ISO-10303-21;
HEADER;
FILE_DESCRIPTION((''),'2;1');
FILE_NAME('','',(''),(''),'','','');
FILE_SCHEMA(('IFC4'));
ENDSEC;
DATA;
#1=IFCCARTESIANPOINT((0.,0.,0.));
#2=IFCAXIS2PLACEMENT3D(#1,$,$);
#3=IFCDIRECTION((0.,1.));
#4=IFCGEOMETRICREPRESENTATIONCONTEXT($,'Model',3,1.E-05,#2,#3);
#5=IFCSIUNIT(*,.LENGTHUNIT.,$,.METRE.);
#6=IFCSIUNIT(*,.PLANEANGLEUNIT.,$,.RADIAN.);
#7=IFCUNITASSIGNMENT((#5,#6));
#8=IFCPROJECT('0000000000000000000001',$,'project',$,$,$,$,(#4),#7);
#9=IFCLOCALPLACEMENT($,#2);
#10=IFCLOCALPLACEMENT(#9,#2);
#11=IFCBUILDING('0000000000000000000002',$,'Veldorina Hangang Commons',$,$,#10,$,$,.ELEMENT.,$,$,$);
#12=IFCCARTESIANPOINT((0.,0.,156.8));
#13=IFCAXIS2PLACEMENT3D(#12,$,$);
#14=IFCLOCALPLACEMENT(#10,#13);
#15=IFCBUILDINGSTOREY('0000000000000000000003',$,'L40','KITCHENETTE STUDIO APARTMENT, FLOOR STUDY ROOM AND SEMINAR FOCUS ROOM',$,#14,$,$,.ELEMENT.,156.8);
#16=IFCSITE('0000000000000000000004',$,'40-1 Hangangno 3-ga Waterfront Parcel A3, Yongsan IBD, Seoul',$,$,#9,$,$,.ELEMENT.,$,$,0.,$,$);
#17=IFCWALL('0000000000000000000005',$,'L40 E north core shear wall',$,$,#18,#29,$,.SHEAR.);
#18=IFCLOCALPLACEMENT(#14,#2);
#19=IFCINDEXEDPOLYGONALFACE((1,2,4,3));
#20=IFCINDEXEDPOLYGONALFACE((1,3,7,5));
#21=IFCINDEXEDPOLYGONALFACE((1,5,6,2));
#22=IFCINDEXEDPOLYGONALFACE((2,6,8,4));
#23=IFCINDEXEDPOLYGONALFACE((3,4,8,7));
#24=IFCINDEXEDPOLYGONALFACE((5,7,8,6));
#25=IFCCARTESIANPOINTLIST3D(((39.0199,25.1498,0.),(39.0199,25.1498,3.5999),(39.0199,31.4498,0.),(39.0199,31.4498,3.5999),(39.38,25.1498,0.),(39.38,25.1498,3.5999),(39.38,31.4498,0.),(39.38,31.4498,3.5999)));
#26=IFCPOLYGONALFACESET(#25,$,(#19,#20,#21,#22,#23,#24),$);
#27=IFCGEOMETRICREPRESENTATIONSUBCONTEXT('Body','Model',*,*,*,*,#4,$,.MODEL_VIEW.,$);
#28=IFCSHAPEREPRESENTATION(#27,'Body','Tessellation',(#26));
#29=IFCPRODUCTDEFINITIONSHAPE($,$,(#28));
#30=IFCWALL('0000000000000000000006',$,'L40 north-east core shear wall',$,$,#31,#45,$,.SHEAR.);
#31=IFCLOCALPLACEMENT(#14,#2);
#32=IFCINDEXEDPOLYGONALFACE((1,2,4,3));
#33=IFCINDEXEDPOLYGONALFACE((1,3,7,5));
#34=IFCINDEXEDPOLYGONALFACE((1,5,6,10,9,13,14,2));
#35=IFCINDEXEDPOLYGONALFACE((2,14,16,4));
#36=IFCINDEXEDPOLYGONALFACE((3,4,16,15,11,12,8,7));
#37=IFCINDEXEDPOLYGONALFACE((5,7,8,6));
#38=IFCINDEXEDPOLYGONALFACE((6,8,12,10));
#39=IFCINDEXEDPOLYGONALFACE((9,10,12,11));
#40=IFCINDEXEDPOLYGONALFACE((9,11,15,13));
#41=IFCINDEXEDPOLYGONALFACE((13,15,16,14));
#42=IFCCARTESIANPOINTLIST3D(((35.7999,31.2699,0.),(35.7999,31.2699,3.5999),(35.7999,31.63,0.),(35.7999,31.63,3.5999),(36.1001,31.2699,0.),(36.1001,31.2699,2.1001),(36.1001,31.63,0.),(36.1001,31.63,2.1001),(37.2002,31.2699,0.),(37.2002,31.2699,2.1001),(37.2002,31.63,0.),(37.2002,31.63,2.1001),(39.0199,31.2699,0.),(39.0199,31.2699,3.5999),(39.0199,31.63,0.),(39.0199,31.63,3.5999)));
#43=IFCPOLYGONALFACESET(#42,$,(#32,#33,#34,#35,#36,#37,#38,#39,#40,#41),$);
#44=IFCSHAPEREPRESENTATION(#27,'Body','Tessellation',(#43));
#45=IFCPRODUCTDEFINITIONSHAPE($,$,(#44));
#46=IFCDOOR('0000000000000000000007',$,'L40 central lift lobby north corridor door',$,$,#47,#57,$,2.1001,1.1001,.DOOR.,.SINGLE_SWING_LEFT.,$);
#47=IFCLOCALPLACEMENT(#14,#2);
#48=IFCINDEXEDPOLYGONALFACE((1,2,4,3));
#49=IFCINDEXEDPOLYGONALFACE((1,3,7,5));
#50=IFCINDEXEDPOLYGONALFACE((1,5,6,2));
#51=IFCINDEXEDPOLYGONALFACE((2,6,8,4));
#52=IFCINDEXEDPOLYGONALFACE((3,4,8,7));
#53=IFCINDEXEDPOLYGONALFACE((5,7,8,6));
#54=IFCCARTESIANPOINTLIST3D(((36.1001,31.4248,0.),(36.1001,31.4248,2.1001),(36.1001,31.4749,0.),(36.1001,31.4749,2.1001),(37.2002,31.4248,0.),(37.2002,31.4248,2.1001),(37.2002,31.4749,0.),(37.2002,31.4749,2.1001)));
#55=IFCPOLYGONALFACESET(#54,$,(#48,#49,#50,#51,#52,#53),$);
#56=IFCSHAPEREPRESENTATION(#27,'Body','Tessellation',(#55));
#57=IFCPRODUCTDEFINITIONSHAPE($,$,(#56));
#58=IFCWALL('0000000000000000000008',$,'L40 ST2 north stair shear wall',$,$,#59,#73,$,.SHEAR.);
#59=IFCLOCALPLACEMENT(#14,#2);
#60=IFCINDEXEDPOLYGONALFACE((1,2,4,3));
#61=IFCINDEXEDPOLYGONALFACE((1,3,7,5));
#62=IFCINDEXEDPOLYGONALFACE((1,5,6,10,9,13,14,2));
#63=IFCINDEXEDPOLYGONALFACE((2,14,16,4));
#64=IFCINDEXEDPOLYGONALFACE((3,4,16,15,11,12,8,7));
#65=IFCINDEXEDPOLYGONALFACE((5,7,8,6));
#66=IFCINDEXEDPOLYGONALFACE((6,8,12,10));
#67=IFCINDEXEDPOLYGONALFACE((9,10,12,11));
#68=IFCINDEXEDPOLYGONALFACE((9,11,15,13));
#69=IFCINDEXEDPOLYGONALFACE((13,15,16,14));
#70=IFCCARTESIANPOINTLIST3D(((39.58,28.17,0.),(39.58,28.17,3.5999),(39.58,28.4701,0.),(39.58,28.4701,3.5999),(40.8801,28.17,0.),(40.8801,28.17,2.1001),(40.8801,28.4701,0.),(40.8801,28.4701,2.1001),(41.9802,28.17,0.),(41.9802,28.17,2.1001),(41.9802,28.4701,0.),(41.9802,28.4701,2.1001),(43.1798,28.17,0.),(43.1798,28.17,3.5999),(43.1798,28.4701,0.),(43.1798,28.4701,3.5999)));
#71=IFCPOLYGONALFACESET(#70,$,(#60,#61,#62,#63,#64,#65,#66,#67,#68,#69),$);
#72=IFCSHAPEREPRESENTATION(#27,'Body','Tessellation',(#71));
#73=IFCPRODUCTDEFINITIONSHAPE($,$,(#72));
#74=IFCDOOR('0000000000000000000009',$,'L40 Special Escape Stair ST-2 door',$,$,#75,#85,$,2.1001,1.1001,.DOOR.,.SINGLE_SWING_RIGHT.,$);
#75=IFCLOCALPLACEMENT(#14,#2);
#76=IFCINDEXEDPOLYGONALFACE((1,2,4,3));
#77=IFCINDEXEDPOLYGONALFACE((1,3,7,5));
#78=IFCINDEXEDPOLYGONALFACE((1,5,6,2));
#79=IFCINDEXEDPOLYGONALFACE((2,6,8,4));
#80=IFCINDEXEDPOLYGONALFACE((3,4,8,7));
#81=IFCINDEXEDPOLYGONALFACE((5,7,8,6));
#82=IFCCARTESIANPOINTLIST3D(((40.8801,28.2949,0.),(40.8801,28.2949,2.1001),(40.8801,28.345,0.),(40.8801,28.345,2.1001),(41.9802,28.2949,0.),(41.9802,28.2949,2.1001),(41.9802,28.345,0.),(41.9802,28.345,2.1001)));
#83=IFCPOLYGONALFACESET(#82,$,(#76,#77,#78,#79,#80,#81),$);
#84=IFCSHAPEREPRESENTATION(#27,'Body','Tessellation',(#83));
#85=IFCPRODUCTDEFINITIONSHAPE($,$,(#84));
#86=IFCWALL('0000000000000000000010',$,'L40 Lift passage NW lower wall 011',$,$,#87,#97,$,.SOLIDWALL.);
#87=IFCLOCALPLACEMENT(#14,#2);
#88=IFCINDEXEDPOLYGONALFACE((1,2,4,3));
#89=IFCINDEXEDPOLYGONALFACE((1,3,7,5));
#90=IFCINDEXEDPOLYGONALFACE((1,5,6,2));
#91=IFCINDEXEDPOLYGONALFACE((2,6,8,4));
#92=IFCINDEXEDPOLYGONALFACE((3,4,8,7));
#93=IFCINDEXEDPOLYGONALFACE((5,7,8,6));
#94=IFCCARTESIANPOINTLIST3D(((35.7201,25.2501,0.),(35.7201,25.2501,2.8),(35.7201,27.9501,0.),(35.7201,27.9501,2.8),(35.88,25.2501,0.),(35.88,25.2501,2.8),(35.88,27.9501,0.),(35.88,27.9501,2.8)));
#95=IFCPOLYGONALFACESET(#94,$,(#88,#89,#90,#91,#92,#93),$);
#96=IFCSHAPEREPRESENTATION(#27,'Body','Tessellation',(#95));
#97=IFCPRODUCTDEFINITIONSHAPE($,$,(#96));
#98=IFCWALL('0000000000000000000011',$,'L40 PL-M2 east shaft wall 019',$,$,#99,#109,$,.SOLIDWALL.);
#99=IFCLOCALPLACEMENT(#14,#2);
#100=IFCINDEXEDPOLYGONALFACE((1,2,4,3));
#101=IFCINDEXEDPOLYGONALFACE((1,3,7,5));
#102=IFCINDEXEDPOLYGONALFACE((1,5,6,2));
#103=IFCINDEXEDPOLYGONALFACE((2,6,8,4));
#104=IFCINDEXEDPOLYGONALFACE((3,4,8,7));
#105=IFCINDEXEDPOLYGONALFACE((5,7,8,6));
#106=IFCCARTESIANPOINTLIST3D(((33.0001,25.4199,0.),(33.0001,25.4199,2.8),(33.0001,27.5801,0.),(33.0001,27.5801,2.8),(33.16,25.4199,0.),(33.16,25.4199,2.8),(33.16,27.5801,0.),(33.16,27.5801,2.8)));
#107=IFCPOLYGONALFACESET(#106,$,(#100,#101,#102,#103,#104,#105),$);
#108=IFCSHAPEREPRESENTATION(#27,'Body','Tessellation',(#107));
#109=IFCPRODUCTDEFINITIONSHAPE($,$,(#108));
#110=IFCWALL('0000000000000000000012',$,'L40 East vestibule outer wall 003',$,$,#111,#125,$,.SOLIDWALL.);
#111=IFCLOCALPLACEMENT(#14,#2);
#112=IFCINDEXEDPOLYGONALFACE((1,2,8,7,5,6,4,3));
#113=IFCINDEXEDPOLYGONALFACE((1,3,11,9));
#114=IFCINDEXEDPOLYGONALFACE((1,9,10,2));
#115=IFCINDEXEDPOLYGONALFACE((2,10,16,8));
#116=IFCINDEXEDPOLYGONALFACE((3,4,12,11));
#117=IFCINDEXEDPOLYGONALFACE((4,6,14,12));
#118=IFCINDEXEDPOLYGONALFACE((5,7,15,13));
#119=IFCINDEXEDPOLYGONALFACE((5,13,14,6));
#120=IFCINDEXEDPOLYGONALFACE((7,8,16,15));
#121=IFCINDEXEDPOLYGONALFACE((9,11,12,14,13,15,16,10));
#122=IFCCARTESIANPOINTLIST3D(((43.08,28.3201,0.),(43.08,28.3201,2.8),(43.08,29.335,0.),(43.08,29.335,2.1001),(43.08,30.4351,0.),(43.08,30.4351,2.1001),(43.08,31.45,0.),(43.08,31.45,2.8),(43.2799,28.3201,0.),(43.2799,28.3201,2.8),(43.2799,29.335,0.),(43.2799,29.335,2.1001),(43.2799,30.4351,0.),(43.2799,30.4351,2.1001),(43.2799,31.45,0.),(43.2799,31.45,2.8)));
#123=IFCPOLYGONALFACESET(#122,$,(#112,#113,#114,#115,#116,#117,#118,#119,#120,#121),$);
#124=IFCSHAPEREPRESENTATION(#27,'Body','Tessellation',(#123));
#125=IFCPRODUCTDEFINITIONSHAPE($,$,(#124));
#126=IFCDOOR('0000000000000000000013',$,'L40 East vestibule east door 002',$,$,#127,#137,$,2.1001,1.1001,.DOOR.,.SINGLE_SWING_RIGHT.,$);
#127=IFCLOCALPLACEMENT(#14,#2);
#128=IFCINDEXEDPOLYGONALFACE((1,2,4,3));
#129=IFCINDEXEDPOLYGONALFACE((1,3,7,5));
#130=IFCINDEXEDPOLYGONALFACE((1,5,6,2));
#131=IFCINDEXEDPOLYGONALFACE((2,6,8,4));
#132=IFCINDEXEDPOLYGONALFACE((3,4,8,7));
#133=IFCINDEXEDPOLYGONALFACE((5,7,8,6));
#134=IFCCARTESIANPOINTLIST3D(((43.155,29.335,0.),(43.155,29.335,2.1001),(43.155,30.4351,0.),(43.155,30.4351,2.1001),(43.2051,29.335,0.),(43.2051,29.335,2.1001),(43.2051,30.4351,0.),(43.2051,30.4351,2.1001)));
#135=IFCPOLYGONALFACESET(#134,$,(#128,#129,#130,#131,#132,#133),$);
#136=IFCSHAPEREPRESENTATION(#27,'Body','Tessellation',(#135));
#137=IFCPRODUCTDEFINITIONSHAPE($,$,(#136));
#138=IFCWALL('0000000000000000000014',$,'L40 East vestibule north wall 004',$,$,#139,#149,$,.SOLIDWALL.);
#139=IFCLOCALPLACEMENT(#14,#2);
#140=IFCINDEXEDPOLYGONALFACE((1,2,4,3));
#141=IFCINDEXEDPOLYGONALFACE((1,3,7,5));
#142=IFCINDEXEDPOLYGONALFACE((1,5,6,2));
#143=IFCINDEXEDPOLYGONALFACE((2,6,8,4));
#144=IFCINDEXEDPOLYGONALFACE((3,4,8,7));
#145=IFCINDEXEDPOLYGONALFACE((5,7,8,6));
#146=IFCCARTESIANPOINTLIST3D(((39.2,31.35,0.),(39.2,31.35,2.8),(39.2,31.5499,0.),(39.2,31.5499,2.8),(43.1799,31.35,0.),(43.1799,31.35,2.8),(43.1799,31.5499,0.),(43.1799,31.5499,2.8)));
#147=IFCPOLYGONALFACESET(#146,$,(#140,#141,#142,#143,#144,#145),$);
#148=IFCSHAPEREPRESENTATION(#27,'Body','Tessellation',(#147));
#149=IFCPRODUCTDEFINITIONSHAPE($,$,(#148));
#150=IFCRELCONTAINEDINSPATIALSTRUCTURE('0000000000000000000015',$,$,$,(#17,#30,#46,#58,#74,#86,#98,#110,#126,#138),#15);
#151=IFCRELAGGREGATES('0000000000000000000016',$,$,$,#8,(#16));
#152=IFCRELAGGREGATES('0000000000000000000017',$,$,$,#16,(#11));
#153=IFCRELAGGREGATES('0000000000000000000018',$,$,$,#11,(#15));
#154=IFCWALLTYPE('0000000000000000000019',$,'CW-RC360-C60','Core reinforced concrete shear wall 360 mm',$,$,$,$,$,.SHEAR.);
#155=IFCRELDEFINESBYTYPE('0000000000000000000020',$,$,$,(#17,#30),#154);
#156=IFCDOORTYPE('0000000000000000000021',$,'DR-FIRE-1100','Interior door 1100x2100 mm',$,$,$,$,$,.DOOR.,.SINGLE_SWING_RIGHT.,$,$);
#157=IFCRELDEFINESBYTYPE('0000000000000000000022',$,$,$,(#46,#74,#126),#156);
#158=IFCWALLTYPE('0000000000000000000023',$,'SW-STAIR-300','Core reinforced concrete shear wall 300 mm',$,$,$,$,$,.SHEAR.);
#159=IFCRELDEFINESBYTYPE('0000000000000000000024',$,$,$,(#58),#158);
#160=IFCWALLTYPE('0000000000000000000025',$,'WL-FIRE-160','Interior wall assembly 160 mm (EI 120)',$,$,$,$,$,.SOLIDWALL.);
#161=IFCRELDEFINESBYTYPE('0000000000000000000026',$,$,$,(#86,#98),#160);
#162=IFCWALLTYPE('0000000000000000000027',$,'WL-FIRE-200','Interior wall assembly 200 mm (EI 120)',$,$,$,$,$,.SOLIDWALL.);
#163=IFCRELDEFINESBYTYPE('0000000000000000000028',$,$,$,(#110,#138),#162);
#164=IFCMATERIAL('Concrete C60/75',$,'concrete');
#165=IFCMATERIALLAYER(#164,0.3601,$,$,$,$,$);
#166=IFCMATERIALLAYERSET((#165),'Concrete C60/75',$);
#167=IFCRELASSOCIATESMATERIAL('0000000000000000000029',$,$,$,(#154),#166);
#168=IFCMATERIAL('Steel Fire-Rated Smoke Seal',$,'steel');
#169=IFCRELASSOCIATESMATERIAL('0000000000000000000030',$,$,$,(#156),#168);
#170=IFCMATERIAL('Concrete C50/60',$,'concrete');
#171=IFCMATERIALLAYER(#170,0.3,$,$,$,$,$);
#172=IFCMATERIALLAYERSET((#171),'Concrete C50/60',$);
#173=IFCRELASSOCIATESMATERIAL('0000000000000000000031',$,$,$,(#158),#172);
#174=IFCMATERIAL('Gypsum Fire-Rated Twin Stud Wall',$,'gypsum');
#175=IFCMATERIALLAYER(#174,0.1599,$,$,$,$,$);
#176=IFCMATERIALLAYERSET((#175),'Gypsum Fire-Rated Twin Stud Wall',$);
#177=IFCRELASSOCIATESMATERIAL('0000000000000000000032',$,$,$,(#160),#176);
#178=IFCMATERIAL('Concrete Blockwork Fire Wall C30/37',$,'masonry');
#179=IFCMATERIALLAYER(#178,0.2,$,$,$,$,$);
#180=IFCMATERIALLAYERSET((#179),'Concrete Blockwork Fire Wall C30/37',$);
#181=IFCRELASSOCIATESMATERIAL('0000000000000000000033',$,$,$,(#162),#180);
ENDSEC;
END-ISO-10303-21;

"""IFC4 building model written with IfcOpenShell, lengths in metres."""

from ifc_helpers import new_model, si_unit, direction, frame, frame_2d, origin, place, context, subcontext, project, spatial, rectangle, extrude, material, layer, layer_set, type_object, element, fill, save


model = new_model("IFC4")

# Units and contexts
model_context = context("Model", 3, precision=1e-05, world=origin(), true_north=direction((0.0, 1.0)))
body_context = subcontext(model_context, "Body", "Model", "MODEL_VIEW")
ifc_project = project(units=[si_unit("LENGTHUNIT", "METRE"), si_unit("PLANEANGLEUNIT", "RADIAN")], contexts=[model_context])

# Site, building, storey
site_placement = place(None, origin())
site = spatial("IfcSite", under=ifc_project, at=site_placement, Name="40-1 Hangangno 3-ga Waterfront Parcel A3, Yongsan IBD, Seoul", CompositionType="ELEMENT", RefElevation=0.0)
building_placement = place(site_placement, origin())
building = spatial("IfcBuilding", under=site, at=building_placement, Name="Veldorina Hangang Commons", CompositionType="ELEMENT")
storey_placement = place(building_placement, frame((0.0, 0.0, 156.8)))
storey = spatial("IfcBuildingStorey", under=building, at=storey_placement, Name="L40", Description="KITCHENETTE STUDIO APARTMENT, FLOOR STUDY ROOM AND SEMINAR FOCUS ROOM", CompositionType="ELEMENT", Elevation=156.8)

# Wall
ifc_material_1 = material(Name="Concrete C60/75", Category="concrete")
ifc_layer_1 = layer(ifc_material_1, 0.3601)
ifc_layer_set_1 = layer_set([ifc_layer_1], Name="Concrete C60/75")
wall_type_1 = type_object("IfcWallType", Name="CW-RC360-C60", Description="Core reinforced concrete shear wall 360 mm", PredefinedType="SHEAR", material=ifc_layer_set_1)
wall_1_placement = place(storey_placement, frame((39.2, 25.1499, 0.0), z_axis=(0.0, 0.0, 1.0), x_axis=(0.0, 1.0, 0.0)))
element("IfcWall", 1, at=wall_1_placement, inside=storey, type_object=wall_type_1, Name="L40 E north core shear wall", PredefinedType="SHEAR", context=body_context, shape_type="SweptSolid", body=[
    extrude(rectangle(XDim=6.3, YDim=0.3601, at=frame_2d((3.1499, 0.0))), origin(), (0.0, 0.0, 1.0), 3.5999),
])

# Walls, openings, doors
wall_2_placement = place(storey_placement, frame((35.8, 31.45, 0.0), z_axis=(0.0, 0.0, 1.0), x_axis=(1.0, 0.0, 0.0)))
wall_2 = element("IfcWall", 2, at=wall_2_placement, inside=storey, type_object=wall_type_1, Name="L40 north-east core shear wall", PredefinedType="SHEAR", context=body_context, shape_type="SweptSolid", body=[
    extrude(rectangle(XDim=3.22, YDim=0.3601, at=frame_2d((1.6099, 0.0))), origin(), (0.0, 0.0, 1.0), 3.5999),
])
opening_1_placement = place(wall_2_placement, frame((0.3, 0.0, 0.0)))
opening_1 = element("IfcOpeningElement", 3, at=opening_1_placement, cuts=wall_2, PredefinedType="OPENING", context=body_context, shape_type="SweptSolid", body=[
    extrude(rectangle(XDim=1.1001, YDim=2.1001, at=frame_2d((0.55, 1.05))), frame((0.0, 0.1899, 0.0), z_axis=(0.0, -1.0, 0.0), x_axis=(1.0, 0.0, 0.0)), (0.0, 0.0, 1.0), 0.3801),
])
ifc_material_2 = material(Name="Steel Fire-Rated Smoke Seal", Category="steel")
door_type_1 = type_object("IfcDoorType", Name="DR-FIRE-1100", Description="Interior door 1100x2100 mm", OperationType="SINGLE_SWING_RIGHT", PredefinedType="DOOR", material=ifc_material_2)
door_1_placement = place(opening_1_placement, origin())
door_1 = element("IfcDoor", 4, at=door_1_placement, inside=storey, type_object=door_type_1, Name="L40 central lift lobby north corridor door", OperationType="SINGLE_SWING_LEFT", OverallHeight=2.1001, OverallWidth=1.1001, PredefinedType="DOOR", context=body_context, shape_type="SweptSolid", body=[
    extrude(rectangle(XDim=1.1001, YDim=2.1001, at=frame_2d((0.55, 1.05))), frame((0.0, 0.0249, 0.0), z_axis=(0.0, -1.0, 0.0), x_axis=(1.0, 0.0, 0.0)), (0.0, 0.0, 1.0), 0.05),
])
fill(opening_1, door_1)
ifc_material_3 = material(Name="Concrete C50/60", Category="concrete")
ifc_layer_2 = layer(ifc_material_3, 0.3)
ifc_layer_set_2 = layer_set([ifc_layer_2], Name="Concrete C50/60")
wall_type_2 = type_object("IfcWallType", Name="SW-STAIR-300", Description="Core reinforced concrete shear wall 300 mm", PredefinedType="SHEAR", material=ifc_layer_set_2)
wall_3_placement = place(storey_placement, frame((39.5801, 28.3201, 0.0), z_axis=(0.0, 0.0, 1.0), x_axis=(1.0, 0.0, 0.0)))
wall_3 = element("IfcWall", 5, at=wall_3_placement, inside=storey, type_object=wall_type_2, Name="L40 ST2 north stair shear wall", PredefinedType="SHEAR", context=body_context, shape_type="SweptSolid", body=[
    extrude(rectangle(XDim=3.5999, YDim=0.3, at=frame_2d((1.7998, 0.0))), origin(), (0.0, 0.0, 1.0), 3.5999),
])
opening_2_placement = place(wall_3_placement, frame((1.3, 0.0, 0.0)))
opening_2 = element("IfcOpeningElement", 6, at=opening_2_placement, cuts=wall_3, PredefinedType="OPENING", context=body_context, shape_type="SweptSolid", body=[
    extrude(rectangle(XDim=1.1001, YDim=2.1001, at=frame_2d((0.55, 1.05))), frame((0.0, 0.1602, 0.0), z_axis=(0.0, -1.0, 0.0), x_axis=(1.0, 0.0, 0.0)), (0.0, 0.0, 1.0), 0.3201),
])
door_2_placement = place(opening_2_placement, origin())
door_2 = element("IfcDoor", 7, at=door_2_placement, inside=storey, type_object=door_type_1, Name="L40 Special Escape Stair ST-2 door", OperationType="SINGLE_SWING_RIGHT", OverallHeight=2.1001, OverallWidth=1.1001, PredefinedType="DOOR", context=body_context, shape_type="SweptSolid", body=[
    extrude(rectangle(XDim=1.1001, YDim=2.1001, at=frame_2d((0.55, 1.05))), frame((0.0, 0.0249, 0.0), z_axis=(0.0, -1.0, 0.0), x_axis=(1.0, 0.0, 0.0)), (0.0, 0.0, 1.0), 0.05),
])
fill(opening_2, door_2)

# Walls
ifc_material_4 = material(Name="Gypsum Fire-Rated Twin Stud Wall", Category="gypsum")
ifc_layer_3 = layer(ifc_material_4, 0.1599)
ifc_layer_set_3 = layer_set([ifc_layer_3], Name="Gypsum Fire-Rated Twin Stud Wall")
wall_type_3 = type_object("IfcWallType", Name="WL-FIRE-160", Description="Interior wall assembly 160 mm (EI 120)", PredefinedType="SOLIDWALL", material=ifc_layer_set_3)
wall_4_placement = place(storey_placement, frame((35.8, 25.25, 0.0), z_axis=(0.0, 0.0, 1.0), x_axis=(0.0, 1.0, 0.0)))
element("IfcWall", 8, at=wall_4_placement, inside=storey, type_object=wall_type_3, Name="L40 Lift passage NW lower wall 011", PredefinedType="SOLIDWALL", context=body_context, shape_type="SweptSolid", body=[
    extrude(rectangle(XDim=2.7, YDim=0.1599, at=frame_2d((1.3501, 0.0))), origin(), (0.0, 0.0, 1.0), 2.8),
])
wall_5_placement = place(storey_placement, frame((33.0801, 25.4199, 0.0), z_axis=(0.0, 0.0, 1.0), x_axis=(0.0, 1.0, 0.0)))
element("IfcWall", 9, at=wall_5_placement, inside=storey, type_object=wall_type_3, Name="L40 PL-M2 east shaft wall 019", PredefinedType="SOLIDWALL", context=body_context, shape_type="SweptSolid", body=[
    extrude(rectangle(XDim=2.1602, YDim=0.1599, at=frame_2d((1.0801, 0.0))), origin(), (0.0, 0.0, 1.0), 2.8),
])

# Wall, opening, door
ifc_material_5 = material(Name="Concrete Blockwork Fire Wall C30/37", Category="masonry")
ifc_layer_4 = layer(ifc_material_5, 0.2)
ifc_layer_set_4 = layer_set([ifc_layer_4], Name="Concrete Blockwork Fire Wall C30/37")
wall_type_4 = type_object("IfcWallType", Name="WL-FIRE-200", Description="Interior wall assembly 200 mm (EI 120)", PredefinedType="SOLIDWALL", material=ifc_layer_set_4)
wall_6_placement = place(storey_placement, frame((43.1799, 28.3201, 0.0), z_axis=(0.0, 0.0, 1.0), x_axis=(0.0, 1.0, 0.0)))
wall_6 = element("IfcWall", 10, at=wall_6_placement, inside=storey, type_object=wall_type_4, Name="L40 East vestibule outer wall 003", PredefinedType="SOLIDWALL", context=body_context, shape_type="SweptSolid", body=[
    extrude(rectangle(XDim=3.1299, YDim=0.2, at=frame_2d((1.5649, 0.0))), origin(), (0.0, 0.0, 1.0), 2.8),
])
opening_3_placement = place(wall_6_placement, frame((1.0149, 0.0, 0.0)))
opening_3 = element("IfcOpeningElement", 11, at=opening_3_placement, cuts=wall_6, PredefinedType="OPENING", context=body_context, shape_type="SweptSolid", body=[
    extrude(rectangle(XDim=1.1001, YDim=2.1001, at=frame_2d((0.55, 1.05))), frame((0.0, 0.1099, 0.0), z_axis=(0.0, -1.0, 0.0), x_axis=(1.0, 0.0, 0.0)), (0.0, 0.0, 1.0), 0.22),
])
door_3_placement = place(opening_3_placement, origin())
door_3 = element("IfcDoor", 12, at=door_3_placement, inside=storey, type_object=door_type_1, Name="L40 East vestibule east door 002", OperationType="SINGLE_SWING_RIGHT", OverallHeight=2.1001, OverallWidth=1.1001, PredefinedType="DOOR", context=body_context, shape_type="SweptSolid", body=[
    extrude(rectangle(XDim=1.1001, YDim=2.1001, at=frame_2d((0.55, 1.05))), frame((0.0, 0.0249, 0.0), z_axis=(0.0, -1.0, 0.0), x_axis=(1.0, 0.0, 0.0)), (0.0, 0.0, 1.0), 0.05),
])
fill(opening_3, door_3)

# Wall
wall_7_placement = place(storey_placement, frame((39.2, 31.45, 0.0), z_axis=(0.0, 0.0, 1.0), x_axis=(1.0, 0.0, 0.0)))
element("IfcWall", 13, at=wall_7_placement, inside=storey, type_object=wall_type_4, Name="L40 East vestibule north wall 004", PredefinedType="SOLIDWALL", context=body_context, shape_type="SweptSolid", body=[
    extrude(rectangle(XDim=3.98, YDim=0.2, at=frame_2d((1.99, 0.0))), origin(), (0.0, 0.0, 1.0), 2.8),
])

save(model, "model.ifc")
